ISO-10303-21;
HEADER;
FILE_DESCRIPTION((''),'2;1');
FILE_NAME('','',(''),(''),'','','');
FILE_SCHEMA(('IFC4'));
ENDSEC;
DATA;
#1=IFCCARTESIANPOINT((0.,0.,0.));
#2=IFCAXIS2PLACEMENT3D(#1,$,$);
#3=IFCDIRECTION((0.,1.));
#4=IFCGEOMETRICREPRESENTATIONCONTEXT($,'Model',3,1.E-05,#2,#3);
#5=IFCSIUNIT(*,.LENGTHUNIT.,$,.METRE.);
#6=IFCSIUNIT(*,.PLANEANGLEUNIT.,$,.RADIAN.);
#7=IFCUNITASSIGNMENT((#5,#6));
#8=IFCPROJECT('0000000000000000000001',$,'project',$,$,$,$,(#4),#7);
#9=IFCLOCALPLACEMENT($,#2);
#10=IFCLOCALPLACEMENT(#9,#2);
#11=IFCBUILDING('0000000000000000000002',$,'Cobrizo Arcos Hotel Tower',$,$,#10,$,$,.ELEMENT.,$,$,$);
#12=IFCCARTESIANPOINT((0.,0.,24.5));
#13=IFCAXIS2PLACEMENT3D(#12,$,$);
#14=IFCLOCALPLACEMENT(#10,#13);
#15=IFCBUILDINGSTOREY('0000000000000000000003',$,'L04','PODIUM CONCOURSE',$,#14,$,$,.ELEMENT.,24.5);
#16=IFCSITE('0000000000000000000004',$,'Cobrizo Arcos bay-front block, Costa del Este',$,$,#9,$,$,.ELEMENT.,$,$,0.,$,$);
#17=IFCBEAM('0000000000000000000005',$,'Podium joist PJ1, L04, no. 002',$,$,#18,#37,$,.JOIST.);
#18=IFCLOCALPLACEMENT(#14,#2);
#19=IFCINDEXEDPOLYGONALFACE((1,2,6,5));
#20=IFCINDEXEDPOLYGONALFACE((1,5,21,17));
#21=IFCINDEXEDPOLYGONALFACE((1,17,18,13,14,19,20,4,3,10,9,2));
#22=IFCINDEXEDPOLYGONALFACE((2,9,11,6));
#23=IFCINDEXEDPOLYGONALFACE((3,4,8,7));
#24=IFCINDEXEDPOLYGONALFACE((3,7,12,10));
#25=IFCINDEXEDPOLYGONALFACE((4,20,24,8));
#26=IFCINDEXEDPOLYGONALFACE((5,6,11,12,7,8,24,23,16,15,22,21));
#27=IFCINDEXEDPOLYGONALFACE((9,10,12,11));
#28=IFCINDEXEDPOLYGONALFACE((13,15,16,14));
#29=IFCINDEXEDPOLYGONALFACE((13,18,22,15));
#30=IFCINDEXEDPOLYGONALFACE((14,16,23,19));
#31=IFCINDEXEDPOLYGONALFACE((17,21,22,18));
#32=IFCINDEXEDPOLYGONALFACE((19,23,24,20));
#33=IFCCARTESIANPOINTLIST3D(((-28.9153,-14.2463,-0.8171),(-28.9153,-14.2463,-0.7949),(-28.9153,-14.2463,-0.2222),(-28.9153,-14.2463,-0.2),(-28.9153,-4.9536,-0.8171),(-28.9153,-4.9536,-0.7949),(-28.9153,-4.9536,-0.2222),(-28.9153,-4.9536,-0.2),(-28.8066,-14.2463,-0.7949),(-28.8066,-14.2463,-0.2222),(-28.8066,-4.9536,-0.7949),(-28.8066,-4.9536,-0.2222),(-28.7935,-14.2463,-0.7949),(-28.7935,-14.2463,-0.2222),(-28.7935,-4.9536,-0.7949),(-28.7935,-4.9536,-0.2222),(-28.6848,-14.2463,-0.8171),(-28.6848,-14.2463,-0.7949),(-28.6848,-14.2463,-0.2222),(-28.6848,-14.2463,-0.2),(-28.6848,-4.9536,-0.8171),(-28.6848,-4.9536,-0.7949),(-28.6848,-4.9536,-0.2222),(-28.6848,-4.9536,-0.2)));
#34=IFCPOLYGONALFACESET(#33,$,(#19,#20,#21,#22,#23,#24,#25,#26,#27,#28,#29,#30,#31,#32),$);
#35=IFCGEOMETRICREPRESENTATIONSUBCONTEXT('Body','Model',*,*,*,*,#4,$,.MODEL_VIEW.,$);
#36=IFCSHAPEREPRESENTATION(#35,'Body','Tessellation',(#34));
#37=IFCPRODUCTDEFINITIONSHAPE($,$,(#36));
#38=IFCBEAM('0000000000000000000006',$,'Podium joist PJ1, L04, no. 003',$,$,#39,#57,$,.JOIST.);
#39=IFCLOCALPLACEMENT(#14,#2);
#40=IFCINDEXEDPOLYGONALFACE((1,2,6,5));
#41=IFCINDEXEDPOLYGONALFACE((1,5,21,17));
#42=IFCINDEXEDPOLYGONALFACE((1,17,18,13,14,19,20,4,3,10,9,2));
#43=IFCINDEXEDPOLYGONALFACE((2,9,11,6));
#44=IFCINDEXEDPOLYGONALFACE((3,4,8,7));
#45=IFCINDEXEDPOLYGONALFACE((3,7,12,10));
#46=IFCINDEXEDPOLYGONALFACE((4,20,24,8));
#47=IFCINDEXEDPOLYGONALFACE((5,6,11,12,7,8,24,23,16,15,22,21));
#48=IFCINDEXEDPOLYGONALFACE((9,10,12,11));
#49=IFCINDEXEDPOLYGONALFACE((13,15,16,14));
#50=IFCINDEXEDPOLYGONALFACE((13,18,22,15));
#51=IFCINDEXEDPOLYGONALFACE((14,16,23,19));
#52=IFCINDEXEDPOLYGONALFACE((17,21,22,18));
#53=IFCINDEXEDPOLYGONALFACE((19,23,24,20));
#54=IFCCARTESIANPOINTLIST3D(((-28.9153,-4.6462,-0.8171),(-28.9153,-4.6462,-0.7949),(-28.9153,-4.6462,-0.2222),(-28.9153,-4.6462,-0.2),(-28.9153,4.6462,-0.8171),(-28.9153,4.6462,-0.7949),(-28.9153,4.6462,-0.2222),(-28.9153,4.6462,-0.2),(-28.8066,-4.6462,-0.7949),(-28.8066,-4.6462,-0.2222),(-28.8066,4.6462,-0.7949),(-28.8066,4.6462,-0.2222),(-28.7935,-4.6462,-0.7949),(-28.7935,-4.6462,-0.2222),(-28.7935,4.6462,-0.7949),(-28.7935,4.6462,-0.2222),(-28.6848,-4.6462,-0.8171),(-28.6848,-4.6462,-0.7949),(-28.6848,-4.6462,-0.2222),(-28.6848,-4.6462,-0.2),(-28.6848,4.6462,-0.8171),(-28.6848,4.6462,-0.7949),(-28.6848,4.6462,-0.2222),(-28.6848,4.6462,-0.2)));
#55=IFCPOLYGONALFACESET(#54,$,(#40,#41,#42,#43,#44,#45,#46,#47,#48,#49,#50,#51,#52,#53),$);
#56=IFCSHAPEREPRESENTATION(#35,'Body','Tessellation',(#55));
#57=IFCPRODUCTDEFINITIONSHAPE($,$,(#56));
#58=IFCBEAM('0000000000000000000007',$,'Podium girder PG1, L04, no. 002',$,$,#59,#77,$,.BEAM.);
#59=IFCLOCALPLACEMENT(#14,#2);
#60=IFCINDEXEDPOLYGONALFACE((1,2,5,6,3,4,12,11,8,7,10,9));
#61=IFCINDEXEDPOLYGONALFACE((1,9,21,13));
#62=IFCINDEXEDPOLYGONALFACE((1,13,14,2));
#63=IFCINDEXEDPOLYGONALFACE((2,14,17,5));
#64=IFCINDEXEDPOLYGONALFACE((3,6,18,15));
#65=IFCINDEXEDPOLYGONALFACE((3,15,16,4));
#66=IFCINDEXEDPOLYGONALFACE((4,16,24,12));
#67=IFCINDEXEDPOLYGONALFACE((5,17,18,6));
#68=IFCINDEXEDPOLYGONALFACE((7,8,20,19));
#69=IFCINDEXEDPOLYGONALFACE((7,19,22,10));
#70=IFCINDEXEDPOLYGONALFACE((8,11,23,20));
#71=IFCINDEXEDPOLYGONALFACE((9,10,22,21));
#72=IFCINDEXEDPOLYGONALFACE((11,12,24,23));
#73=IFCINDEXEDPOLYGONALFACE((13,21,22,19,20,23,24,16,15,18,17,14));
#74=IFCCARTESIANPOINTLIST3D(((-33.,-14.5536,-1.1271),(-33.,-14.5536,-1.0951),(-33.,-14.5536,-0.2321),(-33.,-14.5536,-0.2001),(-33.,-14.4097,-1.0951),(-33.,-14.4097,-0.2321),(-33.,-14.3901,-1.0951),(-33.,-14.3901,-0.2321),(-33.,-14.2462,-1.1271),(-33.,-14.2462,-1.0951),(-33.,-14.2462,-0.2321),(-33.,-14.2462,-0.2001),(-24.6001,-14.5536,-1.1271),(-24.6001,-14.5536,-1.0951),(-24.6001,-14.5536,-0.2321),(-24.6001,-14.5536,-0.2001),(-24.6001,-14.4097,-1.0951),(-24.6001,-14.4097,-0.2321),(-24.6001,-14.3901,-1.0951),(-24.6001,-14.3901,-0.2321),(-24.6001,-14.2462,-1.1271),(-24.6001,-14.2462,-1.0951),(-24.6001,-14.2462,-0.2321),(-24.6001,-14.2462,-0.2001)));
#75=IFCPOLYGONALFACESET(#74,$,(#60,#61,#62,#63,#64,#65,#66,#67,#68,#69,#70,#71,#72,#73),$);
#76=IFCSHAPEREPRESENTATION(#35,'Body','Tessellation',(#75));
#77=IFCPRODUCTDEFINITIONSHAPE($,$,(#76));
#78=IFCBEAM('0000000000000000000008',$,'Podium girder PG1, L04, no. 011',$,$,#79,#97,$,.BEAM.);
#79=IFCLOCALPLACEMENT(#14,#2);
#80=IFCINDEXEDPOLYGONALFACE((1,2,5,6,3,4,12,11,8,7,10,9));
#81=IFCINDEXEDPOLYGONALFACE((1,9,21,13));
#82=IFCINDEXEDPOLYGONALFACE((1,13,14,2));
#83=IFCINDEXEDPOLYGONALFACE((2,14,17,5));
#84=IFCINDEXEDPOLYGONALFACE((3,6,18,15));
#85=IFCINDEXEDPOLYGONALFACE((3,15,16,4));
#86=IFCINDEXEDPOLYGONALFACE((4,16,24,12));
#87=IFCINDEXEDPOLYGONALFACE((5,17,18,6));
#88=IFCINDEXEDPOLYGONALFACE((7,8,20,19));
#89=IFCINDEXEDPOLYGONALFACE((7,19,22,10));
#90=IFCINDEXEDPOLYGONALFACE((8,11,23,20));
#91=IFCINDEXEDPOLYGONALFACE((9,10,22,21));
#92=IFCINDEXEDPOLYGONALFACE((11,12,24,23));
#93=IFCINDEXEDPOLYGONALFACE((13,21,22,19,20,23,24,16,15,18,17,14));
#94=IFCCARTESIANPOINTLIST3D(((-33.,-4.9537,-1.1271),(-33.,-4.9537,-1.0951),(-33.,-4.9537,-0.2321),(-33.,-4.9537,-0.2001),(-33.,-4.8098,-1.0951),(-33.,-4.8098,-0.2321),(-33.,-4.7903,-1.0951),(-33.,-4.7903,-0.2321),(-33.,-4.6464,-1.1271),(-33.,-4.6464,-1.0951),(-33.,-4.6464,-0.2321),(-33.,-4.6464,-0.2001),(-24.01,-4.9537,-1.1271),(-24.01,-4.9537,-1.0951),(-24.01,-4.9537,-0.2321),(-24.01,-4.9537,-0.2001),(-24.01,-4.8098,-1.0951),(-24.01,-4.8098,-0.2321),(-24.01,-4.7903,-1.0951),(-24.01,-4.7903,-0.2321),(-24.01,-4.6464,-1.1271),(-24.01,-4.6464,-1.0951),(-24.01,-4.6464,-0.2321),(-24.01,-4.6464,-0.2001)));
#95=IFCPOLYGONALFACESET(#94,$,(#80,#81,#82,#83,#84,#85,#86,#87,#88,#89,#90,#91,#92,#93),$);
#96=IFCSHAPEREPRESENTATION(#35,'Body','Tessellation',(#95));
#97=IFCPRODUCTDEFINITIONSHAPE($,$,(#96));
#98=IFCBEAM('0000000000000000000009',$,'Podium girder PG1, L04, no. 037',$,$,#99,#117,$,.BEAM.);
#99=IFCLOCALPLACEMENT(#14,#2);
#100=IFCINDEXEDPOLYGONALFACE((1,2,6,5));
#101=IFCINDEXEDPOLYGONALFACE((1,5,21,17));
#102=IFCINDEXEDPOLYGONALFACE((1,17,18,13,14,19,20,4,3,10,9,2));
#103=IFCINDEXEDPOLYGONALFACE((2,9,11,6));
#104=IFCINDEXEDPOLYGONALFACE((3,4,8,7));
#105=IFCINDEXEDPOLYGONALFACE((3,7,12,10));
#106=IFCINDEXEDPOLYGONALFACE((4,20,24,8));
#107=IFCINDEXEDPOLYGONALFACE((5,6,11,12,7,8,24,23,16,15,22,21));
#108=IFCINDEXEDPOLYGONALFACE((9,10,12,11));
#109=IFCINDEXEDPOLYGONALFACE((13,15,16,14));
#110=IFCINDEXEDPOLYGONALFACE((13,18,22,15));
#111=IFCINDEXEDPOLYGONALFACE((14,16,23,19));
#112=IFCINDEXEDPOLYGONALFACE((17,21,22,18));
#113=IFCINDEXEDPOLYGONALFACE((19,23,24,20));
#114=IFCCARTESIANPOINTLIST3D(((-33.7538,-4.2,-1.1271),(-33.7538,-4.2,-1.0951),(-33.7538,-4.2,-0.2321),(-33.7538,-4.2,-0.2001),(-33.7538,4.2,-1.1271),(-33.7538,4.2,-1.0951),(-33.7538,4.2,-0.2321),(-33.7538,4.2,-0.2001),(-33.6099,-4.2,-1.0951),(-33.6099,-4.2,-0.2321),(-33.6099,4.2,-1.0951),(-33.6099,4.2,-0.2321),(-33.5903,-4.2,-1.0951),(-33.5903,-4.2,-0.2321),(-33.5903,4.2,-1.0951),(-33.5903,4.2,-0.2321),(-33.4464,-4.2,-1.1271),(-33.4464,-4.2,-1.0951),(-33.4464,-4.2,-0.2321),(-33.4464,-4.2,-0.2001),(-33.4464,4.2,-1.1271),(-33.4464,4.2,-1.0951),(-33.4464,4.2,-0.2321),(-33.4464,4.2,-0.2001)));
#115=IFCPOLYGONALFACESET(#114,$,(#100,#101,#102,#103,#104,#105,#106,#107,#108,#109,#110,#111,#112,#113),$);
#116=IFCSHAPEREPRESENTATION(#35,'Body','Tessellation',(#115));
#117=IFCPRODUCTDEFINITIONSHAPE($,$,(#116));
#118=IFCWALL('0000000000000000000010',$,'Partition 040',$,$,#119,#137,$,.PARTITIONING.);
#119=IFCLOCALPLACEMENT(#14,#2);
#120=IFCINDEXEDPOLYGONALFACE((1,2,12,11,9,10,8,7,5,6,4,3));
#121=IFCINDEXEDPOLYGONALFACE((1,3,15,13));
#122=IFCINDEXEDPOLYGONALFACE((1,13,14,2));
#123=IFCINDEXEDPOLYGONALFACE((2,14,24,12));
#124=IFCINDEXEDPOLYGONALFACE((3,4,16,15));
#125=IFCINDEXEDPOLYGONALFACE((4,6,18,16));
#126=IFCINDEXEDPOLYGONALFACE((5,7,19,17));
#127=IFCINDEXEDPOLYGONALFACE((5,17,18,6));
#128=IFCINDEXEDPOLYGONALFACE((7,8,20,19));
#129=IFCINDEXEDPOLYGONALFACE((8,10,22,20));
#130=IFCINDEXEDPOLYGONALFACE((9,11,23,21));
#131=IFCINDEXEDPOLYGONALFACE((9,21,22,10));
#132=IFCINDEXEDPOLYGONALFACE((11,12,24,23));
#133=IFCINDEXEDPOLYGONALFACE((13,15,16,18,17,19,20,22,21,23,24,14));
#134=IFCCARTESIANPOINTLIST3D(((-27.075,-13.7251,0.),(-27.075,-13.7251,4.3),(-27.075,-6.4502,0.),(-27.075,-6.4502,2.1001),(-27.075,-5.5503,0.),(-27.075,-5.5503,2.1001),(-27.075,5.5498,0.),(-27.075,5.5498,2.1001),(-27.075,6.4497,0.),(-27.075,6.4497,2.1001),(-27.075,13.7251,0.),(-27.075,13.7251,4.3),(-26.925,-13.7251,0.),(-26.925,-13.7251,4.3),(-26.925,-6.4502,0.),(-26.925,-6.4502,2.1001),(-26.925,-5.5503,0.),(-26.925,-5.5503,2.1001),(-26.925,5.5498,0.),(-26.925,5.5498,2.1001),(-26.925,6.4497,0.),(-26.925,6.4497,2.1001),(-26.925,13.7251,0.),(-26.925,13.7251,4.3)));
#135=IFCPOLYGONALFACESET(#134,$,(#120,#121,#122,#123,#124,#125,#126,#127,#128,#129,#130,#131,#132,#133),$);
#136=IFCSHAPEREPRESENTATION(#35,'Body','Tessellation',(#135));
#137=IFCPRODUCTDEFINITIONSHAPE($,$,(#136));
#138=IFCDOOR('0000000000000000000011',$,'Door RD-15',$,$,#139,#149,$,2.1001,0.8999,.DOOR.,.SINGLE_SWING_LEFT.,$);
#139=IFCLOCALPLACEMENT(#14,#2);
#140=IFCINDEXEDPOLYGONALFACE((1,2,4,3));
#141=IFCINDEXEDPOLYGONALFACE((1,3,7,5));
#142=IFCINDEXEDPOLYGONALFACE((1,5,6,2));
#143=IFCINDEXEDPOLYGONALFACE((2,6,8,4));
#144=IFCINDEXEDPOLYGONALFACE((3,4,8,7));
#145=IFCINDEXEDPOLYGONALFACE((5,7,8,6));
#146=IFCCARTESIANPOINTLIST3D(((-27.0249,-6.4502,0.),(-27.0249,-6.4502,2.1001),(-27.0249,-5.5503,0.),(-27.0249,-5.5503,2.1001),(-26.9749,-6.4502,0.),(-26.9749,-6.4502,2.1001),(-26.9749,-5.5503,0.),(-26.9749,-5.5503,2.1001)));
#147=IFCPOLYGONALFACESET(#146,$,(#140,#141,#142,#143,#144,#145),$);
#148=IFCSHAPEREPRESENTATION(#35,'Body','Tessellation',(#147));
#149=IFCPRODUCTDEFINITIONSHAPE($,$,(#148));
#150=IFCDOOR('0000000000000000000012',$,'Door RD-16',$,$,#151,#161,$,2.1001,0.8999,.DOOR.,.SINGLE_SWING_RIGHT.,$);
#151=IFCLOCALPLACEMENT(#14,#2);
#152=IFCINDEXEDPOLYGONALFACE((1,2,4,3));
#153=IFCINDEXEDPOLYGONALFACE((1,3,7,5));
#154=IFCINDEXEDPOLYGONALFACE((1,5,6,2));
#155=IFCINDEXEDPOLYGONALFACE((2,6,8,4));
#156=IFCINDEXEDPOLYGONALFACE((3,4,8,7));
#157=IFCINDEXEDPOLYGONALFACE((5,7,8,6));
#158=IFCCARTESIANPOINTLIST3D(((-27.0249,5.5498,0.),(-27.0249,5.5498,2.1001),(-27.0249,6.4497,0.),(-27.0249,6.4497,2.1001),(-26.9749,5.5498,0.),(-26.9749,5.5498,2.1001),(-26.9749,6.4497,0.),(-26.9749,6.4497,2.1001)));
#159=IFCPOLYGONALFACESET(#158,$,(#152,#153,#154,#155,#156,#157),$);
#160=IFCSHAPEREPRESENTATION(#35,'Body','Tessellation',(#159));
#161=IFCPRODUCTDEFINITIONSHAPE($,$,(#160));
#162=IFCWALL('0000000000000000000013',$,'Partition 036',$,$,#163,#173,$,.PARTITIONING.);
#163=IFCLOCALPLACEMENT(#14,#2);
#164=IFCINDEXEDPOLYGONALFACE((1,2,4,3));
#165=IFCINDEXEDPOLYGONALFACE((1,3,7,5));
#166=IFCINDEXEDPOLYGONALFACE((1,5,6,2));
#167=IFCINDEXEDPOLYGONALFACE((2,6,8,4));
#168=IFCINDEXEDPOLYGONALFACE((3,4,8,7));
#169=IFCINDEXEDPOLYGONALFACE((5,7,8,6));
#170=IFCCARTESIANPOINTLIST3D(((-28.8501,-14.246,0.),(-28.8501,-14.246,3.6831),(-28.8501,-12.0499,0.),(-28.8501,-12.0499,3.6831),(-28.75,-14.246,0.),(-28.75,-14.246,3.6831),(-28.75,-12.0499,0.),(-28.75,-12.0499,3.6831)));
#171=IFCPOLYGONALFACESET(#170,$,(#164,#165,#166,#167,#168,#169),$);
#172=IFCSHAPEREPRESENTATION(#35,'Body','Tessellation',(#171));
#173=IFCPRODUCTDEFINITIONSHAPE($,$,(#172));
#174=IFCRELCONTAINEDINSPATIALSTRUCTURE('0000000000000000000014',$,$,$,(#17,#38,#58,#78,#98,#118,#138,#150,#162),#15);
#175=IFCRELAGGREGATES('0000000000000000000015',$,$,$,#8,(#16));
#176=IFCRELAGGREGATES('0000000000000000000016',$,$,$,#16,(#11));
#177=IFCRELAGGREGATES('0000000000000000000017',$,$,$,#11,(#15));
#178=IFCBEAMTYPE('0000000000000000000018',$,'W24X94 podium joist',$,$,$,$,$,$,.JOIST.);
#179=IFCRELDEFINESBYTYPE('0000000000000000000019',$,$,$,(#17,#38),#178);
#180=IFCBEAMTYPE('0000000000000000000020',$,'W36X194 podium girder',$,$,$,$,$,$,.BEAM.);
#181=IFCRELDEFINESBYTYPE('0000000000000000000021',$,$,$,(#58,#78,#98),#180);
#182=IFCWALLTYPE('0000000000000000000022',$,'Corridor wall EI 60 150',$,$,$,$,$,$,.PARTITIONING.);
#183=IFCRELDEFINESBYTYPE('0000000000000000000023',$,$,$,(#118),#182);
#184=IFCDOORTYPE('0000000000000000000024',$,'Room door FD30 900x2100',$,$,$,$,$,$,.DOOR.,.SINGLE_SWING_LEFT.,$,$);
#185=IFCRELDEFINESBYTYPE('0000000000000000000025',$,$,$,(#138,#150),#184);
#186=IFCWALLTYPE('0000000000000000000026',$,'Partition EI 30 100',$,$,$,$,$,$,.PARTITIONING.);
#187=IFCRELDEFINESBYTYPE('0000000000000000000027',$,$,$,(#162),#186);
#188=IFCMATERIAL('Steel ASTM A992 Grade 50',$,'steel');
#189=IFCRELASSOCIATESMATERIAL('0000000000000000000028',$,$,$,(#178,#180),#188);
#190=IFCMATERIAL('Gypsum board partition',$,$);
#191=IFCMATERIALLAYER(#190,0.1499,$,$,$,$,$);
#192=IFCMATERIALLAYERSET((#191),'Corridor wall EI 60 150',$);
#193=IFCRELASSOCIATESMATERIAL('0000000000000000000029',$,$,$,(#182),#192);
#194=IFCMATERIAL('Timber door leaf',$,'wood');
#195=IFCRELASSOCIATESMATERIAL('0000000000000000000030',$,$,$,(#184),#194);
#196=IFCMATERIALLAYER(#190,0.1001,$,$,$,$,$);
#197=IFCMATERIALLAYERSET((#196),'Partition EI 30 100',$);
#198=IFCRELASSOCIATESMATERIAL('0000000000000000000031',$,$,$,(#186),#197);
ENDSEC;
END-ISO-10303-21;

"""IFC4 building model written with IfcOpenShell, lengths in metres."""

from ifc_helpers import new_model, si_unit, direction, frame, frame_2d, origin, origin_2d, place, context, subcontext, project, spatial, rectangle, i_section, extrude, material, layer, layer_set, material_profile, profile_set, type_object, element, fill, save


model = new_model("IFC4")

# Units and contexts
model_context = context("Model", 3, precision=1e-05, world=origin(), true_north=direction((0.0, 1.0)))
body_context = subcontext(model_context, "Body", "Model", "MODEL_VIEW")
ifc_project = project(units=[si_unit("LENGTHUNIT", "METRE"), si_unit("PLANEANGLEUNIT", "RADIAN")], contexts=[model_context])

# Site, building, storey
site_placement = place(None, origin())
site = spatial("IfcSite", under=ifc_project, at=site_placement, Name="Cobrizo Arcos bay-front block, Costa del Este", CompositionType="ELEMENT", RefElevation=0.0)
building_placement = place(site_placement, origin())
building = spatial("IfcBuilding", under=site, at=building_placement, Name="Cobrizo Arcos Hotel Tower", CompositionType="ELEMENT")
storey_placement = place(building_placement, frame((0.0, 0.0, 24.5)))
storey = spatial("IfcBuildingStorey", under=building, at=storey_placement, Name="L04", Description="PODIUM CONCOURSE", CompositionType="ELEMENT", Elevation=24.5)

# Beams
ifc_material_1 = material(Name="Steel ASTM A992 Grade 50", Category="steel")
ifc_material_profile_1 = material_profile(ifc_material_1, i_section(OverallWidth=0.2305, OverallDepth=0.6172, WebThickness=0.0132, FlangeThickness=0.0222, at=origin_2d()), Name="W24X94")
ifc_profile_set_1 = profile_set([ifc_material_profile_1], Name="Steel ASTM A992 Grade 50")
beam_type_1 = type_object("IfcBeamType", Name="W24X94 podium joist", PredefinedType="JOIST", material=ifc_profile_set_1)
beam_1_placement = place(storey_placement, frame((-28.8, -14.2463, -0.5085), z_axis=(0.0, 1.0, 0.0), x_axis=(-1.0, 0.0, 0.0)))
element("IfcBeam", 1, at=beam_1_placement, inside=storey, type_object=beam_type_1, Name="Podium joist PJ1, L04, no. 002", PredefinedType="JOIST", context=body_context, shape_type="SweptSolid", body=[
    extrude(i_section(OverallWidth=0.2305, OverallDepth=0.6172, WebThickness=0.0132, FlangeThickness=0.0222, at=origin_2d()), origin(), (0.0, 0.0, 1.0), 9.2927),
])
beam_2_placement = place(storey_placement, frame((-28.8, -4.6462, -0.5085), z_axis=(0.0, 1.0, 0.0), x_axis=(-1.0, 0.0, 0.0)))
element("IfcBeam", 2, at=beam_2_placement, inside=storey, type_object=beam_type_1, Name="Podium joist PJ1, L04, no. 003", PredefinedType="JOIST", context=body_context, shape_type="SweptSolid", body=[
    extrude(i_section(OverallWidth=0.2305, OverallDepth=0.6172, WebThickness=0.0132, FlangeThickness=0.0222, at=origin_2d()), origin(), (0.0, 0.0, 1.0), 9.2925),
])
ifc_material_profile_2 = material_profile(ifc_material_1, i_section(OverallWidth=0.3074, OverallDepth=0.927, WebThickness=0.0195, FlangeThickness=0.032, at=origin_2d()), Name="W36X194")
ifc_profile_set_2 = profile_set([ifc_material_profile_2], Name="Steel ASTM A992 Grade 50")
beam_type_2 = type_object("IfcBeamType", Name="W36X194 podium girder", PredefinedType="BEAM", material=ifc_profile_set_2)
beam_3_placement = place(storey_placement, frame((-33.0, -14.3999, -0.6636), z_axis=(1.0, 0.0, 0.0), x_axis=(0.0, 1.0, 0.0)))
element("IfcBeam", 3, at=beam_3_placement, inside=storey, type_object=beam_type_2, Name="Podium girder PG1, L04, no. 002", PredefinedType="BEAM", context=body_context, shape_type="SweptSolid", body=[
    extrude(i_section(OverallWidth=0.3074, OverallDepth=0.927, WebThickness=0.0195, FlangeThickness=0.032, at=origin_2d()), origin(), (0.0, 0.0, 1.0), 8.3999),
])
beam_4_placement = place(storey_placement, frame((-33.0, -4.8, -0.6636), z_axis=(1.0, 0.0, 0.0), x_axis=(0.0, 1.0, 0.0)))
element("IfcBeam", 4, at=beam_4_placement, inside=storey, type_object=beam_type_2, Name="Podium girder PG1, L04, no. 011", PredefinedType="BEAM", context=body_context, shape_type="SweptSolid", body=[
    extrude(i_section(OverallWidth=0.3074, OverallDepth=0.927, WebThickness=0.0195, FlangeThickness=0.032, at=origin_2d()), origin(), (0.0, 0.0, 1.0), 8.99),
])
beam_5_placement = place(storey_placement, frame((-33.6001, -4.2, -0.6636), z_axis=(0.0, 1.0, 0.0), x_axis=(-1.0, 0.0, 0.0)))
element("IfcBeam", 5, at=beam_5_placement, inside=storey, type_object=beam_type_2, Name="Podium girder PG1, L04, no. 037", PredefinedType="BEAM", context=body_context, shape_type="SweptSolid", body=[
    extrude(i_section(OverallWidth=0.3074, OverallDepth=0.927, WebThickness=0.0195, FlangeThickness=0.032, at=origin_2d()), origin(), (0.0, 0.0, 1.0), 8.3999),
])

# Wall, openings, doors
ifc_material_2 = material(Name="Gypsum board partition")
ifc_layer_1 = layer(ifc_material_2, 0.1499)
ifc_layer_set_1 = layer_set([ifc_layer_1], Name="Corridor wall EI 60 150")
wall_type_1 = type_object("IfcWallType", Name="Corridor wall EI 60 150", PredefinedType="PARTITIONING", material=ifc_layer_set_1)
ifc_material_3 = material(Name="Timber door leaf", Category="wood")
door_type_1 = type_object("IfcDoorType", Name="Room door FD30 900x2100", OperationType="SINGLE_SWING_LEFT", PredefinedType="DOOR", material=ifc_material_3)
wall_1_placement = place(storey_placement, frame((-27.0, -13.7251, 0.0), z_axis=(0.0, 0.0, 1.0), x_axis=(0.0, 1.0, 0.0)))
wall_1 = element("IfcWall", 6, at=wall_1_placement, inside=storey, type_object=wall_type_1, Name="Partition 040", PredefinedType="PARTITIONING", context=body_context, shape_type="SweptSolid", body=[
    extrude(rectangle(XDim=27.4502, YDim=0.1499, at=frame_2d((13.7251, 0.0))), origin(), (0.0, 0.0, 1.0), 4.3),
])
opening_1_placement = place(wall_1_placement, frame((7.2749, 0.0, 0.0)))
opening_1 = element("IfcOpeningElement", 7, at=opening_1_placement, cuts=wall_1, PredefinedType="OPENING", context=body_context, shape_type="SweptSolid", body=[
    extrude(rectangle(XDim=0.8999, YDim=2.1001, at=frame_2d((0.45, 1.05))), frame((0.0, 0.0869, 0.0), z_axis=(0.0, -1.0, 0.0), x_axis=(1.0, 0.0, 0.0)), (0.0, 0.0, 1.0), 0.1738),
])
opening_2_placement = place(wall_1_placement, frame((19.2749, 0.0, 0.0)))
opening_2 = element("IfcOpeningElement", 8, at=opening_2_placement, cuts=wall_1, PredefinedType="OPENING", context=body_context, shape_type="SweptSolid", body=[
    extrude(rectangle(XDim=0.8999, YDim=2.1001, at=frame_2d((0.45, 1.05))), frame((0.0, 0.0869, 0.0), z_axis=(0.0, -1.0, 0.0), x_axis=(1.0, 0.0, 0.0)), (0.0, 0.0, 1.0), 0.1738),
])
door_1_placement = place(opening_1_placement, origin())
door_1 = element("IfcDoor", 9, at=door_1_placement, inside=storey, type_object=door_type_1, Name="Door RD-15", OperationType="SINGLE_SWING_LEFT", OverallHeight=2.1001, OverallWidth=0.8999, PredefinedType="DOOR", context=body_context, shape_type="SweptSolid", body=[
    extrude(rectangle(XDim=0.8999, YDim=2.1001, at=frame_2d((0.45, 1.05))), frame((0.0, 0.0249, 0.0), z_axis=(0.0, -1.0, 0.0), x_axis=(1.0, 0.0, 0.0)), (0.0, 0.0, 1.0), 0.05),
])
fill(opening_1, door_1)
door_2_placement = place(opening_2_placement, origin())
door_2 = element("IfcDoor", 10, at=door_2_placement, inside=storey, type_object=door_type_1, Name="Door RD-16", OperationType="SINGLE_SWING_RIGHT", OverallHeight=2.1001, OverallWidth=0.8999, PredefinedType="DOOR", context=body_context, shape_type="SweptSolid", body=[
    extrude(rectangle(XDim=0.8999, YDim=2.1001, at=frame_2d((0.45, 1.05))), frame((0.0, 0.0249, 0.0), z_axis=(0.0, -1.0, 0.0), x_axis=(1.0, 0.0, 0.0)), (0.0, 0.0, 1.0), 0.05),
])
fill(opening_2, door_2)

# Wall
ifc_layer_2 = layer(ifc_material_2, 0.1001)
ifc_layer_set_2 = layer_set([ifc_layer_2], Name="Partition EI 30 100")
wall_type_2 = type_object("IfcWallType", Name="Partition EI 30 100", PredefinedType="PARTITIONING", material=ifc_layer_set_2)
wall_2_placement = place(storey_placement, frame((-28.8, -14.2461, 0.0), z_axis=(0.0, 0.0, 1.0), x_axis=(0.0, 1.0, 0.0)))
element("IfcWall", 11, at=wall_2_placement, inside=storey, type_object=wall_type_2, Name="Partition 036", PredefinedType="PARTITIONING", context=body_context, shape_type="SweptSolid", body=[
    extrude(rectangle(XDim=2.196, YDim=0.1001, at=frame_2d((1.0981, 0.0))), origin(), (0.0, 0.0, 1.0), 3.6831),
])

save(model, "model.ifc")
